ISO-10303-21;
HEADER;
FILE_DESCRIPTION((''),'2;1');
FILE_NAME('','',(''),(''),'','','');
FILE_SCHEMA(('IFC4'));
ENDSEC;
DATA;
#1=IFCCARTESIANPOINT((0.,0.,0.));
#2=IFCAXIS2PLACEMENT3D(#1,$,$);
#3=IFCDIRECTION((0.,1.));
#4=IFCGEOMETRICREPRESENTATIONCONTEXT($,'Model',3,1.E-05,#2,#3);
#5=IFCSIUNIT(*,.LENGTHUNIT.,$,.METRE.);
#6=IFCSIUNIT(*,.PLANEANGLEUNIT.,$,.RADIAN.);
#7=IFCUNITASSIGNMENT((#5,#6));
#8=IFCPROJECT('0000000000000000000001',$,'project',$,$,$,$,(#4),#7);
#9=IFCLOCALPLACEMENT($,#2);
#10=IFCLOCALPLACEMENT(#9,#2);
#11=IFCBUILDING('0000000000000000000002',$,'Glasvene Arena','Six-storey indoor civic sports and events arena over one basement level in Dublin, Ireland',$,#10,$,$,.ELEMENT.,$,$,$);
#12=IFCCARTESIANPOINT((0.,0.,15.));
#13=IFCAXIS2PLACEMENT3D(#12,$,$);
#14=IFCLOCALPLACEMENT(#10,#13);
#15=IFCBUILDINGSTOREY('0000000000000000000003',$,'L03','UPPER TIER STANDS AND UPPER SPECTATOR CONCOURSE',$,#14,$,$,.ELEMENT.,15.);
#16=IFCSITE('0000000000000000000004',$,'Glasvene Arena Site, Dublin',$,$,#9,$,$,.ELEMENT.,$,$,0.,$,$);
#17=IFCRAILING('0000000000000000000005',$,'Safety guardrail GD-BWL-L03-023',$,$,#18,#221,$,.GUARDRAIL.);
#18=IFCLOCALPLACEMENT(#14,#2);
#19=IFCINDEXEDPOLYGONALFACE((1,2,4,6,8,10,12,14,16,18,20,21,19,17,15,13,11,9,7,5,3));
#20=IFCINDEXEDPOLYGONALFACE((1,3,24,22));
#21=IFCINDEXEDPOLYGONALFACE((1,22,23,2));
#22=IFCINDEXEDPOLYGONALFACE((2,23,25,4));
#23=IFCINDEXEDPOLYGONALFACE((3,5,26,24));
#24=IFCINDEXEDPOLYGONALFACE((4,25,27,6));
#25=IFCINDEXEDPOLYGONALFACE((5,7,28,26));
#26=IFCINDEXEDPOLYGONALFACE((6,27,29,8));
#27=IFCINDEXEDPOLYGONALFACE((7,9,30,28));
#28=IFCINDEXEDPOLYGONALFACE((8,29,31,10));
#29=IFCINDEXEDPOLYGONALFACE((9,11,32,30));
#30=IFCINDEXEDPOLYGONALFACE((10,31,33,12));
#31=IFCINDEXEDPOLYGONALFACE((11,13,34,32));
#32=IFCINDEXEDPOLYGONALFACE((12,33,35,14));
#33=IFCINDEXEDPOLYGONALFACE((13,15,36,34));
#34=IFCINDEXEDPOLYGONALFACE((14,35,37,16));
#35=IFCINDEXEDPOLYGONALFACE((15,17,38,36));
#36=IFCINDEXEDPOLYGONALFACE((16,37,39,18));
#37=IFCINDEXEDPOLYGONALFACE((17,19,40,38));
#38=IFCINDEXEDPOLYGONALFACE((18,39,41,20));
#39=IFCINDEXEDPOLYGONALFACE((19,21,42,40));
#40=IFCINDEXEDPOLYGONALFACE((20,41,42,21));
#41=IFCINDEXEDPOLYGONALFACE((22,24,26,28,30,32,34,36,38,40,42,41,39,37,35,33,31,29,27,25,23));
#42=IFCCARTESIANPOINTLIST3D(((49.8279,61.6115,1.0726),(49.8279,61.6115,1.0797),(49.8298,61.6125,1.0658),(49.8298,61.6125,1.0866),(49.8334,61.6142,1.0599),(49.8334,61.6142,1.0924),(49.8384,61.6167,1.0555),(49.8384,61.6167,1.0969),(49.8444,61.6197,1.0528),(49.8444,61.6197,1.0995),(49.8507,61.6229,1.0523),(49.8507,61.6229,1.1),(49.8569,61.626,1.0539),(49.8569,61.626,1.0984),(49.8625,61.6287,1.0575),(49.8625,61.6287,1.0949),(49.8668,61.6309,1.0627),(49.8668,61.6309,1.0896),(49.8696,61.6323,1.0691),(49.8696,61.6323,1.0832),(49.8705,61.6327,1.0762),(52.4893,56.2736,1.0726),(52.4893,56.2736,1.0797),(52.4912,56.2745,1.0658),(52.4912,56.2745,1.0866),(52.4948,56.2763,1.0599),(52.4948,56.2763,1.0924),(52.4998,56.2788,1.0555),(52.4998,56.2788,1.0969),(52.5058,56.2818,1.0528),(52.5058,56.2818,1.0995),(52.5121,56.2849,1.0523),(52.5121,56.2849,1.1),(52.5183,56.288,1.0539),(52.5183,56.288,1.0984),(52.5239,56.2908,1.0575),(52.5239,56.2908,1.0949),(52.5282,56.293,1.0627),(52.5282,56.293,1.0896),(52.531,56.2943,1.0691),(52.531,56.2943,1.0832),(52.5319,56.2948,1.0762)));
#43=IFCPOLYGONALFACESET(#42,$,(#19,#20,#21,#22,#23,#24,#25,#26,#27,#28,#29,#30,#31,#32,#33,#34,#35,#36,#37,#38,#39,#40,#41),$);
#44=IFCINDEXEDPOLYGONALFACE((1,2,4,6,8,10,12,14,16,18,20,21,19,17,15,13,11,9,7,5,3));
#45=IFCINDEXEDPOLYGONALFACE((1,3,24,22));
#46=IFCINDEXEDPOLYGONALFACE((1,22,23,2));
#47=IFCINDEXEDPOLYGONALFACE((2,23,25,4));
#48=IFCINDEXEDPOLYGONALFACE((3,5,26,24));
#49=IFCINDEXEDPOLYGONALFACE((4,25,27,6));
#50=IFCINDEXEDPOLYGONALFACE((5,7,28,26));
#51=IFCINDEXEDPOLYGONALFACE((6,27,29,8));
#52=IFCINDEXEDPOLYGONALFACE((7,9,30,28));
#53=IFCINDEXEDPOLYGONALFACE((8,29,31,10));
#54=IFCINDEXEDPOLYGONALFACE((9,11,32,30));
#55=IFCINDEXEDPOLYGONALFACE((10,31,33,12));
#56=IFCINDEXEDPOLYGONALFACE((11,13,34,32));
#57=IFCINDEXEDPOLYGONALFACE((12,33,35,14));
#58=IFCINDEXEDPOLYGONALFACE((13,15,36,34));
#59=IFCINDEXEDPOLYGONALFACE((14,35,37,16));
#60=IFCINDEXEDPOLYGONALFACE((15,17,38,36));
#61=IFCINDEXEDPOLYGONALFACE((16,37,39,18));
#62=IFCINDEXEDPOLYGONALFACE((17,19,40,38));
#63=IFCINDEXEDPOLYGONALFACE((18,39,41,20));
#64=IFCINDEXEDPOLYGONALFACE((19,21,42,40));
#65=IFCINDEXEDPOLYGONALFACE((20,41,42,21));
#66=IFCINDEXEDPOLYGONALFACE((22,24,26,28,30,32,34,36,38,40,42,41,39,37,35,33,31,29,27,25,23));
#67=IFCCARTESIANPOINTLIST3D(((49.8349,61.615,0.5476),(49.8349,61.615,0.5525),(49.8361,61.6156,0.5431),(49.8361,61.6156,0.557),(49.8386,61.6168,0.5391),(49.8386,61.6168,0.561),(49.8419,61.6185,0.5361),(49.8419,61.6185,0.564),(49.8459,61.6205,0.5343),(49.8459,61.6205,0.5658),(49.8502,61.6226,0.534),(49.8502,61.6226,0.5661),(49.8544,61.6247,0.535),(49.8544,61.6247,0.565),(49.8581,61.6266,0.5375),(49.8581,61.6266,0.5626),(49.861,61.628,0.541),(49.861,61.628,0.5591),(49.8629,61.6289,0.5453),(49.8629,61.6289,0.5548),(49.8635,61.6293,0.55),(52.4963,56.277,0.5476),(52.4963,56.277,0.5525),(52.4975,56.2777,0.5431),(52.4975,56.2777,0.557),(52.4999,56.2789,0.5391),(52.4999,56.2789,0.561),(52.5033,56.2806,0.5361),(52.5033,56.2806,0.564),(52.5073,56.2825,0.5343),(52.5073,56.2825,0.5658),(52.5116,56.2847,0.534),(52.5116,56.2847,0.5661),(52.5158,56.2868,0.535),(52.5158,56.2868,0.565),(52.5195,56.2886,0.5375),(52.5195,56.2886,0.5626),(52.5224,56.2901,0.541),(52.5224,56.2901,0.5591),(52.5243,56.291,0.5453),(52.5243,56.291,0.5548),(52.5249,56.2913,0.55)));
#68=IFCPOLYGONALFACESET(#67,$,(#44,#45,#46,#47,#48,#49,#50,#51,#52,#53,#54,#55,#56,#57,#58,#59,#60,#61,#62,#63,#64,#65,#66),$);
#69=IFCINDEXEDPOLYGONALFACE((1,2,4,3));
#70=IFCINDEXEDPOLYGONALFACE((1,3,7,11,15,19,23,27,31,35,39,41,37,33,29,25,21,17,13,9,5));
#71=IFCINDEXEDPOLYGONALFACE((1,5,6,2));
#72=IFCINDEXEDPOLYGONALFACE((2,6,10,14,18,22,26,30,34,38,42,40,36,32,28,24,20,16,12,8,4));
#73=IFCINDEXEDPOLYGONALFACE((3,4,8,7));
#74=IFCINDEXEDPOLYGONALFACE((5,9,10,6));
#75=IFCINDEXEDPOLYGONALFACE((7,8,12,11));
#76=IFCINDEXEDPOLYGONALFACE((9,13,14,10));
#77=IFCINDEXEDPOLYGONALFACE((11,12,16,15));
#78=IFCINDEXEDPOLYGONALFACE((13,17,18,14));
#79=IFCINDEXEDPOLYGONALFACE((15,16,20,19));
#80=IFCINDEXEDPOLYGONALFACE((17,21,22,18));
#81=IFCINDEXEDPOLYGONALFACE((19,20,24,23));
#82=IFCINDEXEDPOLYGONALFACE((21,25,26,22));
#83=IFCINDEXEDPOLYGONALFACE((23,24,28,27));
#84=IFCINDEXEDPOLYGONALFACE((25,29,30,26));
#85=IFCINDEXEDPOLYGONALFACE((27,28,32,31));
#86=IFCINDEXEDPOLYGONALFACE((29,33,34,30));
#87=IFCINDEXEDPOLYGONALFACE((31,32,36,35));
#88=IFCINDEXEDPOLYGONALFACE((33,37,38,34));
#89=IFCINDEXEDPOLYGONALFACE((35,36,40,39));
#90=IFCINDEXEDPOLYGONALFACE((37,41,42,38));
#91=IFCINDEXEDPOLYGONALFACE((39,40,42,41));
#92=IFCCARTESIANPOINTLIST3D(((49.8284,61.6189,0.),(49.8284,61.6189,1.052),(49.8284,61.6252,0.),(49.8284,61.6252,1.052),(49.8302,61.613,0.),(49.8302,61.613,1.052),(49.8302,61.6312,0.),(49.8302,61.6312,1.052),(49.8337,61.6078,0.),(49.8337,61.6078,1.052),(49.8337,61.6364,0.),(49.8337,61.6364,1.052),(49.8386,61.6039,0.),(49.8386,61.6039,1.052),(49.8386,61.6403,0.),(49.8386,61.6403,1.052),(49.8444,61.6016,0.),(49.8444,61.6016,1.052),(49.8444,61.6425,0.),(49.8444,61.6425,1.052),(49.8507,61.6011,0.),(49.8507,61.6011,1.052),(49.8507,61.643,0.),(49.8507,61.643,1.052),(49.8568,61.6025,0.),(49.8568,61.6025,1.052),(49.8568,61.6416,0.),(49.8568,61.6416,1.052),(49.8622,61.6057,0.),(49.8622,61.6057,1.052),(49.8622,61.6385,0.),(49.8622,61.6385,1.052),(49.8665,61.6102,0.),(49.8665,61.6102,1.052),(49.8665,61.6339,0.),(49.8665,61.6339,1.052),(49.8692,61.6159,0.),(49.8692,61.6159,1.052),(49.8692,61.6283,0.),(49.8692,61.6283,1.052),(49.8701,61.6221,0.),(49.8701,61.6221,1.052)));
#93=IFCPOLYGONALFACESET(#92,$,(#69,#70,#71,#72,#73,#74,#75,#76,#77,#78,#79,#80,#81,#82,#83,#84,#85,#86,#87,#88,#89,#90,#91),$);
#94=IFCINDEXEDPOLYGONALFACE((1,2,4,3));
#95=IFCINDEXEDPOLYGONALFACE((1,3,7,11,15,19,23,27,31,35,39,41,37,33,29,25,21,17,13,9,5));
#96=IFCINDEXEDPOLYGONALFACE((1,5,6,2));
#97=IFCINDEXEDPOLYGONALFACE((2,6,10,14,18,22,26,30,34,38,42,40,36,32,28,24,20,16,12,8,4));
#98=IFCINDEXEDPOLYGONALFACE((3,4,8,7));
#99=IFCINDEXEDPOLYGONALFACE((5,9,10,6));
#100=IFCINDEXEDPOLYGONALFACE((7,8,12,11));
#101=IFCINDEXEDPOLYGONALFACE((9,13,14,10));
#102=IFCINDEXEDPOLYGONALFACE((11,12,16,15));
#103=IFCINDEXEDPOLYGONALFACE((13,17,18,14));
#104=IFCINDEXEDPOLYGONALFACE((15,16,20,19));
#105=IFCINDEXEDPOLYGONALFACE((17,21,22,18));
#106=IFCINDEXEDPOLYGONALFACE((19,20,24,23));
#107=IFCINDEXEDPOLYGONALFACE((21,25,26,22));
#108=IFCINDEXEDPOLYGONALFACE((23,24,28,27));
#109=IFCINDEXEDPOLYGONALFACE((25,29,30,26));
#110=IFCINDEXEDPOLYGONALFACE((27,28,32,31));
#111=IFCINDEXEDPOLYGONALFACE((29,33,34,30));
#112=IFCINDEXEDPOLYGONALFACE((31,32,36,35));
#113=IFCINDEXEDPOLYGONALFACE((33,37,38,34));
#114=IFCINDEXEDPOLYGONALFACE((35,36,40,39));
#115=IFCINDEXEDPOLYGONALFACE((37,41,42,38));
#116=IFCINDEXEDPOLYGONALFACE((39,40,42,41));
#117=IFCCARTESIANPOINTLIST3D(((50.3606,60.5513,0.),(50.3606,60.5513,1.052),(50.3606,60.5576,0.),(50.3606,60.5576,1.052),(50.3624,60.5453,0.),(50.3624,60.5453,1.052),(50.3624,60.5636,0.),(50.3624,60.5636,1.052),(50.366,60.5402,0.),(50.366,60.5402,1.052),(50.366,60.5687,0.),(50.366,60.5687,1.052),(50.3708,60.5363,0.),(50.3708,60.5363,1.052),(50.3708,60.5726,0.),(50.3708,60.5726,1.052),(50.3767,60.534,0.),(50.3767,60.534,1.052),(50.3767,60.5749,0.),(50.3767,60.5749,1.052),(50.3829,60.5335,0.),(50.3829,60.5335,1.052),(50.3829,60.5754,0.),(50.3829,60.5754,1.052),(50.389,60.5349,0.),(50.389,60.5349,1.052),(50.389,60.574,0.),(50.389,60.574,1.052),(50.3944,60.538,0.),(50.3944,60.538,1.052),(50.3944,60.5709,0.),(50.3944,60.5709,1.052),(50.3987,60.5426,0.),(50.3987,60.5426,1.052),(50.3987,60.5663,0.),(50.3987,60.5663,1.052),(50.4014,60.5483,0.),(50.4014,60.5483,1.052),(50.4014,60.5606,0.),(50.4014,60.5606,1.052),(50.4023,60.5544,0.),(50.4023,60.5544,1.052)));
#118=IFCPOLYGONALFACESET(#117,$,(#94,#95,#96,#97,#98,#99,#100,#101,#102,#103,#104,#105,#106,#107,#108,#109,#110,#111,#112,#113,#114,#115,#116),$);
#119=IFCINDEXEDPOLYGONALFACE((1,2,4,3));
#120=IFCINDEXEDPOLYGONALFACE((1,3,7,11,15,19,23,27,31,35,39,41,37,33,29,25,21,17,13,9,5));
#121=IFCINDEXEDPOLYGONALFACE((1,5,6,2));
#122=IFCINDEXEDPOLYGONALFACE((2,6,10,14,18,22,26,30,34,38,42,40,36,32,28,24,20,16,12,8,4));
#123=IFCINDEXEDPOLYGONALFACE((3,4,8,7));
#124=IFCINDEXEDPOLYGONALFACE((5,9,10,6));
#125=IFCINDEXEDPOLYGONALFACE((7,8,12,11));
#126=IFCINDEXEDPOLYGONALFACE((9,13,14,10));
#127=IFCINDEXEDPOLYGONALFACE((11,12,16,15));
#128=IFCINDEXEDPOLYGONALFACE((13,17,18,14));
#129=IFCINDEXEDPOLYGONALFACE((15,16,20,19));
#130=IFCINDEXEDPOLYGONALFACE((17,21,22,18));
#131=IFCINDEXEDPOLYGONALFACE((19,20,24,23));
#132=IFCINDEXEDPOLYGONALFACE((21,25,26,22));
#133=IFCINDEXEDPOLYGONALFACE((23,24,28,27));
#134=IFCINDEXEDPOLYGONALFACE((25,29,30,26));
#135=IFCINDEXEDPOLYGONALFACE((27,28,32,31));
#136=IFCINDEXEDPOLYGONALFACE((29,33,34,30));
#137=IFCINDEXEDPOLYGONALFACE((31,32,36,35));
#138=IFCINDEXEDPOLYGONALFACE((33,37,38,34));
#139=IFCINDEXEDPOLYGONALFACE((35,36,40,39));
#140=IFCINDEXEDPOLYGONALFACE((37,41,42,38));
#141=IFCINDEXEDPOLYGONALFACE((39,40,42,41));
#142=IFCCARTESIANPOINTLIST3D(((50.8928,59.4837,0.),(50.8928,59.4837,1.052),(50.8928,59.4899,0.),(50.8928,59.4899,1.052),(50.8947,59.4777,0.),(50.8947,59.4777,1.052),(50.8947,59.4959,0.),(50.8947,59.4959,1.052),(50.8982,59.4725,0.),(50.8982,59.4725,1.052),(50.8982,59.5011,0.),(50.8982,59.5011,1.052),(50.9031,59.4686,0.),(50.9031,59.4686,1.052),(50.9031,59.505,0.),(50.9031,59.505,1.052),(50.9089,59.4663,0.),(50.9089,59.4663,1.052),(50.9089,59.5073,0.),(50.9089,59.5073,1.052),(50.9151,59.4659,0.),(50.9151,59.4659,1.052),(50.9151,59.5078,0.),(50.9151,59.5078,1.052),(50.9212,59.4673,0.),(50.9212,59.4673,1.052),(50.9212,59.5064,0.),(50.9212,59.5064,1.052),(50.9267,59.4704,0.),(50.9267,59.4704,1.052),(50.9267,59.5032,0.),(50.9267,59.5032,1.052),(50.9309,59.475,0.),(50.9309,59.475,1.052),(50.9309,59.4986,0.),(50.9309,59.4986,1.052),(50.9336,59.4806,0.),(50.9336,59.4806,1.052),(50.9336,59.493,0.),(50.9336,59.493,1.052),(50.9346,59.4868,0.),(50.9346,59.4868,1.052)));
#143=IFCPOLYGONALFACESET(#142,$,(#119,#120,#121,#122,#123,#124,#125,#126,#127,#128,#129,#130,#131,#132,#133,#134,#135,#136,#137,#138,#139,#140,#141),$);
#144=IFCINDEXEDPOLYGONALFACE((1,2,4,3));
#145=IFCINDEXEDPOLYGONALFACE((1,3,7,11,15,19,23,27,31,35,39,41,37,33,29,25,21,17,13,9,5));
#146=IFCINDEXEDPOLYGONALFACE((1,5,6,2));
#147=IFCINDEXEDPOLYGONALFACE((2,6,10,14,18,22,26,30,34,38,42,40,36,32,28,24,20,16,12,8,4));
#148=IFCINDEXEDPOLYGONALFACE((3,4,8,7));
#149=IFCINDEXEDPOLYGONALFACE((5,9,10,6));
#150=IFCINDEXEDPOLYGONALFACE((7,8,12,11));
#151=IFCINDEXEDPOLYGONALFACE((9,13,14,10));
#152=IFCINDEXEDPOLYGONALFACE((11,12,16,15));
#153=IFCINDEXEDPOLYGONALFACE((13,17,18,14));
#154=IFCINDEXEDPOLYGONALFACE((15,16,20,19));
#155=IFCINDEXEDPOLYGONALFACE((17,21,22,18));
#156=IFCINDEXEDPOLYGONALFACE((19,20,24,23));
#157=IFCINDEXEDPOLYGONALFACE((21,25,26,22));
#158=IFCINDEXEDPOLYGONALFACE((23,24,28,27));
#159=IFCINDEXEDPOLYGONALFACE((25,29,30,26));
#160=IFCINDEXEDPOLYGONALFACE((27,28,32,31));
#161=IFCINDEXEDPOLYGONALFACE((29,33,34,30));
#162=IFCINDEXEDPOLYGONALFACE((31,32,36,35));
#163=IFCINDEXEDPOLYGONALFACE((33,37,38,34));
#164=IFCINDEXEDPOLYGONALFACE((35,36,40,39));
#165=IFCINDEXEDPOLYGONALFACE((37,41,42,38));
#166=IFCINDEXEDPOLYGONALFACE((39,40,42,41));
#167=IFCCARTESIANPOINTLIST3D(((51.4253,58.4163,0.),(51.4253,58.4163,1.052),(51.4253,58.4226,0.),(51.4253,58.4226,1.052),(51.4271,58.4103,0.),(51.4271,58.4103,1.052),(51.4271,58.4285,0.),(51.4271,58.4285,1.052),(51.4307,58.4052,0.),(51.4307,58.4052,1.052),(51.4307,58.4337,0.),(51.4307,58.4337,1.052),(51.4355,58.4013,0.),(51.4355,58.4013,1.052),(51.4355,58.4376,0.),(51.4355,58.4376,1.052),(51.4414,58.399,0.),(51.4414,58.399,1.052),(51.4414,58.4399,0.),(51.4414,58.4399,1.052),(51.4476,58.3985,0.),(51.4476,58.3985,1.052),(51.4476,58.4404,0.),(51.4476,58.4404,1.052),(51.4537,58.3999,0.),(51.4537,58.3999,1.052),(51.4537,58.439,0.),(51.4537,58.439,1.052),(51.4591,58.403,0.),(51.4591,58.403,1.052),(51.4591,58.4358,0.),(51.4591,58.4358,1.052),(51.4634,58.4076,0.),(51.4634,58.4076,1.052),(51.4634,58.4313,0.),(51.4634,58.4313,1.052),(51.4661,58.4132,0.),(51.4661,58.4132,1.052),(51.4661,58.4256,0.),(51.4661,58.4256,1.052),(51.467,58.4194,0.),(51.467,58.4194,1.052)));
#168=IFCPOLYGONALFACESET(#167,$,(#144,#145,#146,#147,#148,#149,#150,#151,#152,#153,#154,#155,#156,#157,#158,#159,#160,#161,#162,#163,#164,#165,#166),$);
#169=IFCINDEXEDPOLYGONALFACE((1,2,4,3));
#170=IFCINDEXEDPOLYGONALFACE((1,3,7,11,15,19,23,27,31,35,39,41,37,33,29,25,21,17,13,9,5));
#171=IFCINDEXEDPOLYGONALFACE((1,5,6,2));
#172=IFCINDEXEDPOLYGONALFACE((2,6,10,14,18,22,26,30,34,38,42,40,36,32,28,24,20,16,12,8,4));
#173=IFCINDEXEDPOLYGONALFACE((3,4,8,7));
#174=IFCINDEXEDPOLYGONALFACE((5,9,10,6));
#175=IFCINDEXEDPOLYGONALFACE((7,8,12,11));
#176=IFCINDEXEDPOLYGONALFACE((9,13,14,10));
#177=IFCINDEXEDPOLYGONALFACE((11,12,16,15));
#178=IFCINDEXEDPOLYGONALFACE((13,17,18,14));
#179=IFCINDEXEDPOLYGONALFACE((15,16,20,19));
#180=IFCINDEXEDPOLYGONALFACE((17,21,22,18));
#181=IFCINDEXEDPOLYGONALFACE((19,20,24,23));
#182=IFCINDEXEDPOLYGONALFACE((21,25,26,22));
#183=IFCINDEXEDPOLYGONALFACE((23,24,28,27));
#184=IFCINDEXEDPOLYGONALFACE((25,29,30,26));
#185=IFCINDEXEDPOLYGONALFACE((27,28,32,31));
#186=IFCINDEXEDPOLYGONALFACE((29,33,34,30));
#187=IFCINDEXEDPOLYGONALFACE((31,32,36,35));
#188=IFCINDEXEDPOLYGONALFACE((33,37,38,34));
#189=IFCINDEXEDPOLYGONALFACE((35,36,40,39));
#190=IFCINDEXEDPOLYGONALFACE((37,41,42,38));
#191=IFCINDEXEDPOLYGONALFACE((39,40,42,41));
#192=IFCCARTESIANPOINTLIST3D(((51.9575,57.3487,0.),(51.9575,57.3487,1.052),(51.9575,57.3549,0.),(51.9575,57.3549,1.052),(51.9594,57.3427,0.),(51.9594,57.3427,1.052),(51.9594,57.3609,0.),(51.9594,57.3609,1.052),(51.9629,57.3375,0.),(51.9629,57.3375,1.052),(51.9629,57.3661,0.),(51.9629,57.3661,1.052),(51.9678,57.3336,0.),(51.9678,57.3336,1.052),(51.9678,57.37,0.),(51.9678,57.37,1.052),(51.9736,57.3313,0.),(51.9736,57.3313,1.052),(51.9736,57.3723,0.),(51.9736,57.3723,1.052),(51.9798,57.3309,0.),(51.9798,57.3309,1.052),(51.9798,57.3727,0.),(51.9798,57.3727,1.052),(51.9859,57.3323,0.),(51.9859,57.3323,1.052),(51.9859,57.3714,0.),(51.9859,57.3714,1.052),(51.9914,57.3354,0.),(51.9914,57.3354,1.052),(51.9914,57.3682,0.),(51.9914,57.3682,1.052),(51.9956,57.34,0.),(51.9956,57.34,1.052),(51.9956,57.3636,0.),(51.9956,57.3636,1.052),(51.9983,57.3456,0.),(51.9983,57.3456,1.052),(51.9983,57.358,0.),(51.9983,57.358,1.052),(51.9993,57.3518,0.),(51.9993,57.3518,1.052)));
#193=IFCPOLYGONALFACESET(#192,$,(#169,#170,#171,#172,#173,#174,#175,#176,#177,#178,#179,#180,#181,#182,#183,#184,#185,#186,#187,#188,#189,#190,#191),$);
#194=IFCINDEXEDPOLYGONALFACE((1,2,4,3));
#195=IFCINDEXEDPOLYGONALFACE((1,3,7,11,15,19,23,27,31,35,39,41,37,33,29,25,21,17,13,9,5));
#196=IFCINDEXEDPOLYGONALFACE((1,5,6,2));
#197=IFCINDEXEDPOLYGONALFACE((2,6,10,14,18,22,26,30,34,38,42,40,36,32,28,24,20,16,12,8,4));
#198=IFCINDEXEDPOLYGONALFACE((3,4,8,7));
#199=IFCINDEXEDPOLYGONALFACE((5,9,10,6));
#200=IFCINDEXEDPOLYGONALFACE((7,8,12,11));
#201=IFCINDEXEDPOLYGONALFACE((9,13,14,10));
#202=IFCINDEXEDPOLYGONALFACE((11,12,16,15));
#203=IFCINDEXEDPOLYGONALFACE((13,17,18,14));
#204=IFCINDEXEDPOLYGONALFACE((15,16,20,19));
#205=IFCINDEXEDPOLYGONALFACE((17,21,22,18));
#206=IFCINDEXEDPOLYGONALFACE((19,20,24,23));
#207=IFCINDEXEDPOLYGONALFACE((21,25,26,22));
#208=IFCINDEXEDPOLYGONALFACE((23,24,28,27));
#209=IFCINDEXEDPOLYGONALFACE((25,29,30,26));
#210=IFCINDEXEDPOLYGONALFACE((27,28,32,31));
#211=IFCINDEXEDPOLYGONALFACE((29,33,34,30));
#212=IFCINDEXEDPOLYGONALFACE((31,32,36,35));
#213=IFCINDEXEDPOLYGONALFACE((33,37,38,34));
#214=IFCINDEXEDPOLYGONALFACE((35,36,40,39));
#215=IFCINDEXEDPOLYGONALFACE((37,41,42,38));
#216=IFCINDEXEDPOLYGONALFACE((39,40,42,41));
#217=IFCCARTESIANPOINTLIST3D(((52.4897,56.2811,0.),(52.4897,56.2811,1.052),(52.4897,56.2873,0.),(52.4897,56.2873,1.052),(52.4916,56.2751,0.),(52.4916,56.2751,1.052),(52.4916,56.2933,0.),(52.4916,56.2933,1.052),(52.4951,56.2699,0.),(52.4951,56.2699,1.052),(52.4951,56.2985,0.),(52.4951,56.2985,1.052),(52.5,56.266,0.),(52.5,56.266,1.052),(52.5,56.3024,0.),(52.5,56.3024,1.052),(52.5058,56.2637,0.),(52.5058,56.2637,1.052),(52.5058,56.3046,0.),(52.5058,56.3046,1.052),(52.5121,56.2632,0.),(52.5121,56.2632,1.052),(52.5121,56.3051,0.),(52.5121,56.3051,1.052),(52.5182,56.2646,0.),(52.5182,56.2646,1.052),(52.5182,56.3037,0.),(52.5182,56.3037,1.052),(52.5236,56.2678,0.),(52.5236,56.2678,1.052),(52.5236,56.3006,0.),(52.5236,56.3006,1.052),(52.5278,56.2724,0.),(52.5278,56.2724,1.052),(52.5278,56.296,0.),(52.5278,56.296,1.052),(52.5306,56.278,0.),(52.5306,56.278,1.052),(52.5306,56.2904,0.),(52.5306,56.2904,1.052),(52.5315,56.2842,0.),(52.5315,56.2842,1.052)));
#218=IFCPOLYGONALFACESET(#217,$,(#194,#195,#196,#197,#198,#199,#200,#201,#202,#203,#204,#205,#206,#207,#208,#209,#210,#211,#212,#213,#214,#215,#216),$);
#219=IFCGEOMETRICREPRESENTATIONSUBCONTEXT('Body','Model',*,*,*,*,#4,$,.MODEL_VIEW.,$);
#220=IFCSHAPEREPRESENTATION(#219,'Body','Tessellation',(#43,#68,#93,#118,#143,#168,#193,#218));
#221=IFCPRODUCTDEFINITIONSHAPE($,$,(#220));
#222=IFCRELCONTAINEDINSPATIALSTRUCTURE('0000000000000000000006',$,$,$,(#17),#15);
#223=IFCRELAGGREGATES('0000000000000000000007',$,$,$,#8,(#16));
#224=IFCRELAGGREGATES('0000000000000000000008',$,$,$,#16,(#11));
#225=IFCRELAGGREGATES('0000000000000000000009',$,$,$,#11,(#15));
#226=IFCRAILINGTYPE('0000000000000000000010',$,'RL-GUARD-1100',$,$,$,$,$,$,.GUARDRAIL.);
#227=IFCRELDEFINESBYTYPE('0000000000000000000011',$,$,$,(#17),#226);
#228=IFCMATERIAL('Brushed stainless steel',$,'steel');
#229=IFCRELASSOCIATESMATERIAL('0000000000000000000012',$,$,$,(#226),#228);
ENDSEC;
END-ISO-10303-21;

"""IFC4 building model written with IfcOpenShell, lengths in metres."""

from ifc_helpers import new_model, si_unit, direction, frame, origin, origin_2d, place, context, subcontext, project, spatial, circle, extrude, material, type_object, element, save


model = new_model("IFC4")

# Units and contexts
model_context = context("Model", 3, precision=1e-05, world=origin(), true_north=direction((0.0, 1.0)))
body_context = subcontext(model_context, "Body", "Model", "MODEL_VIEW")
ifc_project = project(units=[si_unit("LENGTHUNIT", "METRE"), si_unit("PLANEANGLEUNIT", "RADIAN")], contexts=[model_context])

# Site, building, storey
site_placement = place(None, origin())
site = spatial("IfcSite", under=ifc_project, at=site_placement, Name="Glasvene Arena Site, Dublin", CompositionType="ELEMENT", RefElevation=0.0)
building_placement = place(site_placement, origin())
building = spatial("IfcBuilding", under=site, at=building_placement, Name="Glasvene Arena", Description="Six-storey indoor civic sports and events arena over one basement level in Dublin, Ireland", CompositionType="ELEMENT")
storey_placement = place(building_placement, frame((0.0, 0.0, 15.0)))
storey = spatial("IfcBuildingStorey", under=building, at=storey_placement, Name="L03", Description="UPPER TIER STANDS AND UPPER SPECTATOR CONCOURSE", CompositionType="ELEMENT", Elevation=15.0)

# Railing
ifc_material_1 = material(Name="Brushed stainless steel", Category="steel")
railing_type = type_object("IfcRailingType", Name="RL-GUARD-1100", PredefinedType="GUARDRAIL", material=ifc_material_1)
railing_1_placement = place(storey_placement, frame((49.8491, 61.6221, 0.0)))
element("IfcRailing", 1, at=railing_1_placement, inside=storey, type_object=railing_type, Name="Safety guardrail GD-BWL-L03-023", PredefinedType="GUARDRAIL", context=body_context, shape_type="SweptSolid", body=[
    extrude(circle(Radius=0.0239, at=origin_2d()), frame((0.0, 0.0, 1.0762), z_axis=(0.446198, -0.894934, 0.0), x_axis=(0.894934, 0.446198, 0.0)), (0.0, 0.0, 1.0), 5.9646),
    extrude(circle(Radius=0.0161, at=origin_2d()), frame((0.0, 0.0, 0.55), z_axis=(0.446198, -0.894934, 0.0), x_axis=(0.894934, 0.446198, 0.0)), (0.0, 0.0, 1.0), 5.9646),
    extrude(circle(Radius=0.021, at=origin_2d()), origin(), (0.0, 0.0, 1.0), 1.052),
    extrude(circle(Radius=0.021, at=origin_2d()), frame((0.5322, -1.0676, 0.0)), (0.0, 0.0, 1.0), 1.052),
    extrude(circle(Radius=0.021, at=origin_2d()), frame((1.0645, -2.1353, 0.0)), (0.0, 0.0, 1.0), 1.052),
    extrude(circle(Radius=0.021, at=origin_2d()), frame((1.5969, -3.2026, 0.0)), (0.0, 0.0, 1.0), 1.052),
    extrude(circle(Radius=0.021, at=origin_2d()), frame((2.1292, -4.2703, 0.0)), (0.0, 0.0, 1.0), 1.052),
    extrude(circle(Radius=0.021, at=origin_2d()), frame((2.6614, -5.3379, 0.0)), (0.0, 0.0, 1.0), 1.052),
])

save(model, "model.ifc")
